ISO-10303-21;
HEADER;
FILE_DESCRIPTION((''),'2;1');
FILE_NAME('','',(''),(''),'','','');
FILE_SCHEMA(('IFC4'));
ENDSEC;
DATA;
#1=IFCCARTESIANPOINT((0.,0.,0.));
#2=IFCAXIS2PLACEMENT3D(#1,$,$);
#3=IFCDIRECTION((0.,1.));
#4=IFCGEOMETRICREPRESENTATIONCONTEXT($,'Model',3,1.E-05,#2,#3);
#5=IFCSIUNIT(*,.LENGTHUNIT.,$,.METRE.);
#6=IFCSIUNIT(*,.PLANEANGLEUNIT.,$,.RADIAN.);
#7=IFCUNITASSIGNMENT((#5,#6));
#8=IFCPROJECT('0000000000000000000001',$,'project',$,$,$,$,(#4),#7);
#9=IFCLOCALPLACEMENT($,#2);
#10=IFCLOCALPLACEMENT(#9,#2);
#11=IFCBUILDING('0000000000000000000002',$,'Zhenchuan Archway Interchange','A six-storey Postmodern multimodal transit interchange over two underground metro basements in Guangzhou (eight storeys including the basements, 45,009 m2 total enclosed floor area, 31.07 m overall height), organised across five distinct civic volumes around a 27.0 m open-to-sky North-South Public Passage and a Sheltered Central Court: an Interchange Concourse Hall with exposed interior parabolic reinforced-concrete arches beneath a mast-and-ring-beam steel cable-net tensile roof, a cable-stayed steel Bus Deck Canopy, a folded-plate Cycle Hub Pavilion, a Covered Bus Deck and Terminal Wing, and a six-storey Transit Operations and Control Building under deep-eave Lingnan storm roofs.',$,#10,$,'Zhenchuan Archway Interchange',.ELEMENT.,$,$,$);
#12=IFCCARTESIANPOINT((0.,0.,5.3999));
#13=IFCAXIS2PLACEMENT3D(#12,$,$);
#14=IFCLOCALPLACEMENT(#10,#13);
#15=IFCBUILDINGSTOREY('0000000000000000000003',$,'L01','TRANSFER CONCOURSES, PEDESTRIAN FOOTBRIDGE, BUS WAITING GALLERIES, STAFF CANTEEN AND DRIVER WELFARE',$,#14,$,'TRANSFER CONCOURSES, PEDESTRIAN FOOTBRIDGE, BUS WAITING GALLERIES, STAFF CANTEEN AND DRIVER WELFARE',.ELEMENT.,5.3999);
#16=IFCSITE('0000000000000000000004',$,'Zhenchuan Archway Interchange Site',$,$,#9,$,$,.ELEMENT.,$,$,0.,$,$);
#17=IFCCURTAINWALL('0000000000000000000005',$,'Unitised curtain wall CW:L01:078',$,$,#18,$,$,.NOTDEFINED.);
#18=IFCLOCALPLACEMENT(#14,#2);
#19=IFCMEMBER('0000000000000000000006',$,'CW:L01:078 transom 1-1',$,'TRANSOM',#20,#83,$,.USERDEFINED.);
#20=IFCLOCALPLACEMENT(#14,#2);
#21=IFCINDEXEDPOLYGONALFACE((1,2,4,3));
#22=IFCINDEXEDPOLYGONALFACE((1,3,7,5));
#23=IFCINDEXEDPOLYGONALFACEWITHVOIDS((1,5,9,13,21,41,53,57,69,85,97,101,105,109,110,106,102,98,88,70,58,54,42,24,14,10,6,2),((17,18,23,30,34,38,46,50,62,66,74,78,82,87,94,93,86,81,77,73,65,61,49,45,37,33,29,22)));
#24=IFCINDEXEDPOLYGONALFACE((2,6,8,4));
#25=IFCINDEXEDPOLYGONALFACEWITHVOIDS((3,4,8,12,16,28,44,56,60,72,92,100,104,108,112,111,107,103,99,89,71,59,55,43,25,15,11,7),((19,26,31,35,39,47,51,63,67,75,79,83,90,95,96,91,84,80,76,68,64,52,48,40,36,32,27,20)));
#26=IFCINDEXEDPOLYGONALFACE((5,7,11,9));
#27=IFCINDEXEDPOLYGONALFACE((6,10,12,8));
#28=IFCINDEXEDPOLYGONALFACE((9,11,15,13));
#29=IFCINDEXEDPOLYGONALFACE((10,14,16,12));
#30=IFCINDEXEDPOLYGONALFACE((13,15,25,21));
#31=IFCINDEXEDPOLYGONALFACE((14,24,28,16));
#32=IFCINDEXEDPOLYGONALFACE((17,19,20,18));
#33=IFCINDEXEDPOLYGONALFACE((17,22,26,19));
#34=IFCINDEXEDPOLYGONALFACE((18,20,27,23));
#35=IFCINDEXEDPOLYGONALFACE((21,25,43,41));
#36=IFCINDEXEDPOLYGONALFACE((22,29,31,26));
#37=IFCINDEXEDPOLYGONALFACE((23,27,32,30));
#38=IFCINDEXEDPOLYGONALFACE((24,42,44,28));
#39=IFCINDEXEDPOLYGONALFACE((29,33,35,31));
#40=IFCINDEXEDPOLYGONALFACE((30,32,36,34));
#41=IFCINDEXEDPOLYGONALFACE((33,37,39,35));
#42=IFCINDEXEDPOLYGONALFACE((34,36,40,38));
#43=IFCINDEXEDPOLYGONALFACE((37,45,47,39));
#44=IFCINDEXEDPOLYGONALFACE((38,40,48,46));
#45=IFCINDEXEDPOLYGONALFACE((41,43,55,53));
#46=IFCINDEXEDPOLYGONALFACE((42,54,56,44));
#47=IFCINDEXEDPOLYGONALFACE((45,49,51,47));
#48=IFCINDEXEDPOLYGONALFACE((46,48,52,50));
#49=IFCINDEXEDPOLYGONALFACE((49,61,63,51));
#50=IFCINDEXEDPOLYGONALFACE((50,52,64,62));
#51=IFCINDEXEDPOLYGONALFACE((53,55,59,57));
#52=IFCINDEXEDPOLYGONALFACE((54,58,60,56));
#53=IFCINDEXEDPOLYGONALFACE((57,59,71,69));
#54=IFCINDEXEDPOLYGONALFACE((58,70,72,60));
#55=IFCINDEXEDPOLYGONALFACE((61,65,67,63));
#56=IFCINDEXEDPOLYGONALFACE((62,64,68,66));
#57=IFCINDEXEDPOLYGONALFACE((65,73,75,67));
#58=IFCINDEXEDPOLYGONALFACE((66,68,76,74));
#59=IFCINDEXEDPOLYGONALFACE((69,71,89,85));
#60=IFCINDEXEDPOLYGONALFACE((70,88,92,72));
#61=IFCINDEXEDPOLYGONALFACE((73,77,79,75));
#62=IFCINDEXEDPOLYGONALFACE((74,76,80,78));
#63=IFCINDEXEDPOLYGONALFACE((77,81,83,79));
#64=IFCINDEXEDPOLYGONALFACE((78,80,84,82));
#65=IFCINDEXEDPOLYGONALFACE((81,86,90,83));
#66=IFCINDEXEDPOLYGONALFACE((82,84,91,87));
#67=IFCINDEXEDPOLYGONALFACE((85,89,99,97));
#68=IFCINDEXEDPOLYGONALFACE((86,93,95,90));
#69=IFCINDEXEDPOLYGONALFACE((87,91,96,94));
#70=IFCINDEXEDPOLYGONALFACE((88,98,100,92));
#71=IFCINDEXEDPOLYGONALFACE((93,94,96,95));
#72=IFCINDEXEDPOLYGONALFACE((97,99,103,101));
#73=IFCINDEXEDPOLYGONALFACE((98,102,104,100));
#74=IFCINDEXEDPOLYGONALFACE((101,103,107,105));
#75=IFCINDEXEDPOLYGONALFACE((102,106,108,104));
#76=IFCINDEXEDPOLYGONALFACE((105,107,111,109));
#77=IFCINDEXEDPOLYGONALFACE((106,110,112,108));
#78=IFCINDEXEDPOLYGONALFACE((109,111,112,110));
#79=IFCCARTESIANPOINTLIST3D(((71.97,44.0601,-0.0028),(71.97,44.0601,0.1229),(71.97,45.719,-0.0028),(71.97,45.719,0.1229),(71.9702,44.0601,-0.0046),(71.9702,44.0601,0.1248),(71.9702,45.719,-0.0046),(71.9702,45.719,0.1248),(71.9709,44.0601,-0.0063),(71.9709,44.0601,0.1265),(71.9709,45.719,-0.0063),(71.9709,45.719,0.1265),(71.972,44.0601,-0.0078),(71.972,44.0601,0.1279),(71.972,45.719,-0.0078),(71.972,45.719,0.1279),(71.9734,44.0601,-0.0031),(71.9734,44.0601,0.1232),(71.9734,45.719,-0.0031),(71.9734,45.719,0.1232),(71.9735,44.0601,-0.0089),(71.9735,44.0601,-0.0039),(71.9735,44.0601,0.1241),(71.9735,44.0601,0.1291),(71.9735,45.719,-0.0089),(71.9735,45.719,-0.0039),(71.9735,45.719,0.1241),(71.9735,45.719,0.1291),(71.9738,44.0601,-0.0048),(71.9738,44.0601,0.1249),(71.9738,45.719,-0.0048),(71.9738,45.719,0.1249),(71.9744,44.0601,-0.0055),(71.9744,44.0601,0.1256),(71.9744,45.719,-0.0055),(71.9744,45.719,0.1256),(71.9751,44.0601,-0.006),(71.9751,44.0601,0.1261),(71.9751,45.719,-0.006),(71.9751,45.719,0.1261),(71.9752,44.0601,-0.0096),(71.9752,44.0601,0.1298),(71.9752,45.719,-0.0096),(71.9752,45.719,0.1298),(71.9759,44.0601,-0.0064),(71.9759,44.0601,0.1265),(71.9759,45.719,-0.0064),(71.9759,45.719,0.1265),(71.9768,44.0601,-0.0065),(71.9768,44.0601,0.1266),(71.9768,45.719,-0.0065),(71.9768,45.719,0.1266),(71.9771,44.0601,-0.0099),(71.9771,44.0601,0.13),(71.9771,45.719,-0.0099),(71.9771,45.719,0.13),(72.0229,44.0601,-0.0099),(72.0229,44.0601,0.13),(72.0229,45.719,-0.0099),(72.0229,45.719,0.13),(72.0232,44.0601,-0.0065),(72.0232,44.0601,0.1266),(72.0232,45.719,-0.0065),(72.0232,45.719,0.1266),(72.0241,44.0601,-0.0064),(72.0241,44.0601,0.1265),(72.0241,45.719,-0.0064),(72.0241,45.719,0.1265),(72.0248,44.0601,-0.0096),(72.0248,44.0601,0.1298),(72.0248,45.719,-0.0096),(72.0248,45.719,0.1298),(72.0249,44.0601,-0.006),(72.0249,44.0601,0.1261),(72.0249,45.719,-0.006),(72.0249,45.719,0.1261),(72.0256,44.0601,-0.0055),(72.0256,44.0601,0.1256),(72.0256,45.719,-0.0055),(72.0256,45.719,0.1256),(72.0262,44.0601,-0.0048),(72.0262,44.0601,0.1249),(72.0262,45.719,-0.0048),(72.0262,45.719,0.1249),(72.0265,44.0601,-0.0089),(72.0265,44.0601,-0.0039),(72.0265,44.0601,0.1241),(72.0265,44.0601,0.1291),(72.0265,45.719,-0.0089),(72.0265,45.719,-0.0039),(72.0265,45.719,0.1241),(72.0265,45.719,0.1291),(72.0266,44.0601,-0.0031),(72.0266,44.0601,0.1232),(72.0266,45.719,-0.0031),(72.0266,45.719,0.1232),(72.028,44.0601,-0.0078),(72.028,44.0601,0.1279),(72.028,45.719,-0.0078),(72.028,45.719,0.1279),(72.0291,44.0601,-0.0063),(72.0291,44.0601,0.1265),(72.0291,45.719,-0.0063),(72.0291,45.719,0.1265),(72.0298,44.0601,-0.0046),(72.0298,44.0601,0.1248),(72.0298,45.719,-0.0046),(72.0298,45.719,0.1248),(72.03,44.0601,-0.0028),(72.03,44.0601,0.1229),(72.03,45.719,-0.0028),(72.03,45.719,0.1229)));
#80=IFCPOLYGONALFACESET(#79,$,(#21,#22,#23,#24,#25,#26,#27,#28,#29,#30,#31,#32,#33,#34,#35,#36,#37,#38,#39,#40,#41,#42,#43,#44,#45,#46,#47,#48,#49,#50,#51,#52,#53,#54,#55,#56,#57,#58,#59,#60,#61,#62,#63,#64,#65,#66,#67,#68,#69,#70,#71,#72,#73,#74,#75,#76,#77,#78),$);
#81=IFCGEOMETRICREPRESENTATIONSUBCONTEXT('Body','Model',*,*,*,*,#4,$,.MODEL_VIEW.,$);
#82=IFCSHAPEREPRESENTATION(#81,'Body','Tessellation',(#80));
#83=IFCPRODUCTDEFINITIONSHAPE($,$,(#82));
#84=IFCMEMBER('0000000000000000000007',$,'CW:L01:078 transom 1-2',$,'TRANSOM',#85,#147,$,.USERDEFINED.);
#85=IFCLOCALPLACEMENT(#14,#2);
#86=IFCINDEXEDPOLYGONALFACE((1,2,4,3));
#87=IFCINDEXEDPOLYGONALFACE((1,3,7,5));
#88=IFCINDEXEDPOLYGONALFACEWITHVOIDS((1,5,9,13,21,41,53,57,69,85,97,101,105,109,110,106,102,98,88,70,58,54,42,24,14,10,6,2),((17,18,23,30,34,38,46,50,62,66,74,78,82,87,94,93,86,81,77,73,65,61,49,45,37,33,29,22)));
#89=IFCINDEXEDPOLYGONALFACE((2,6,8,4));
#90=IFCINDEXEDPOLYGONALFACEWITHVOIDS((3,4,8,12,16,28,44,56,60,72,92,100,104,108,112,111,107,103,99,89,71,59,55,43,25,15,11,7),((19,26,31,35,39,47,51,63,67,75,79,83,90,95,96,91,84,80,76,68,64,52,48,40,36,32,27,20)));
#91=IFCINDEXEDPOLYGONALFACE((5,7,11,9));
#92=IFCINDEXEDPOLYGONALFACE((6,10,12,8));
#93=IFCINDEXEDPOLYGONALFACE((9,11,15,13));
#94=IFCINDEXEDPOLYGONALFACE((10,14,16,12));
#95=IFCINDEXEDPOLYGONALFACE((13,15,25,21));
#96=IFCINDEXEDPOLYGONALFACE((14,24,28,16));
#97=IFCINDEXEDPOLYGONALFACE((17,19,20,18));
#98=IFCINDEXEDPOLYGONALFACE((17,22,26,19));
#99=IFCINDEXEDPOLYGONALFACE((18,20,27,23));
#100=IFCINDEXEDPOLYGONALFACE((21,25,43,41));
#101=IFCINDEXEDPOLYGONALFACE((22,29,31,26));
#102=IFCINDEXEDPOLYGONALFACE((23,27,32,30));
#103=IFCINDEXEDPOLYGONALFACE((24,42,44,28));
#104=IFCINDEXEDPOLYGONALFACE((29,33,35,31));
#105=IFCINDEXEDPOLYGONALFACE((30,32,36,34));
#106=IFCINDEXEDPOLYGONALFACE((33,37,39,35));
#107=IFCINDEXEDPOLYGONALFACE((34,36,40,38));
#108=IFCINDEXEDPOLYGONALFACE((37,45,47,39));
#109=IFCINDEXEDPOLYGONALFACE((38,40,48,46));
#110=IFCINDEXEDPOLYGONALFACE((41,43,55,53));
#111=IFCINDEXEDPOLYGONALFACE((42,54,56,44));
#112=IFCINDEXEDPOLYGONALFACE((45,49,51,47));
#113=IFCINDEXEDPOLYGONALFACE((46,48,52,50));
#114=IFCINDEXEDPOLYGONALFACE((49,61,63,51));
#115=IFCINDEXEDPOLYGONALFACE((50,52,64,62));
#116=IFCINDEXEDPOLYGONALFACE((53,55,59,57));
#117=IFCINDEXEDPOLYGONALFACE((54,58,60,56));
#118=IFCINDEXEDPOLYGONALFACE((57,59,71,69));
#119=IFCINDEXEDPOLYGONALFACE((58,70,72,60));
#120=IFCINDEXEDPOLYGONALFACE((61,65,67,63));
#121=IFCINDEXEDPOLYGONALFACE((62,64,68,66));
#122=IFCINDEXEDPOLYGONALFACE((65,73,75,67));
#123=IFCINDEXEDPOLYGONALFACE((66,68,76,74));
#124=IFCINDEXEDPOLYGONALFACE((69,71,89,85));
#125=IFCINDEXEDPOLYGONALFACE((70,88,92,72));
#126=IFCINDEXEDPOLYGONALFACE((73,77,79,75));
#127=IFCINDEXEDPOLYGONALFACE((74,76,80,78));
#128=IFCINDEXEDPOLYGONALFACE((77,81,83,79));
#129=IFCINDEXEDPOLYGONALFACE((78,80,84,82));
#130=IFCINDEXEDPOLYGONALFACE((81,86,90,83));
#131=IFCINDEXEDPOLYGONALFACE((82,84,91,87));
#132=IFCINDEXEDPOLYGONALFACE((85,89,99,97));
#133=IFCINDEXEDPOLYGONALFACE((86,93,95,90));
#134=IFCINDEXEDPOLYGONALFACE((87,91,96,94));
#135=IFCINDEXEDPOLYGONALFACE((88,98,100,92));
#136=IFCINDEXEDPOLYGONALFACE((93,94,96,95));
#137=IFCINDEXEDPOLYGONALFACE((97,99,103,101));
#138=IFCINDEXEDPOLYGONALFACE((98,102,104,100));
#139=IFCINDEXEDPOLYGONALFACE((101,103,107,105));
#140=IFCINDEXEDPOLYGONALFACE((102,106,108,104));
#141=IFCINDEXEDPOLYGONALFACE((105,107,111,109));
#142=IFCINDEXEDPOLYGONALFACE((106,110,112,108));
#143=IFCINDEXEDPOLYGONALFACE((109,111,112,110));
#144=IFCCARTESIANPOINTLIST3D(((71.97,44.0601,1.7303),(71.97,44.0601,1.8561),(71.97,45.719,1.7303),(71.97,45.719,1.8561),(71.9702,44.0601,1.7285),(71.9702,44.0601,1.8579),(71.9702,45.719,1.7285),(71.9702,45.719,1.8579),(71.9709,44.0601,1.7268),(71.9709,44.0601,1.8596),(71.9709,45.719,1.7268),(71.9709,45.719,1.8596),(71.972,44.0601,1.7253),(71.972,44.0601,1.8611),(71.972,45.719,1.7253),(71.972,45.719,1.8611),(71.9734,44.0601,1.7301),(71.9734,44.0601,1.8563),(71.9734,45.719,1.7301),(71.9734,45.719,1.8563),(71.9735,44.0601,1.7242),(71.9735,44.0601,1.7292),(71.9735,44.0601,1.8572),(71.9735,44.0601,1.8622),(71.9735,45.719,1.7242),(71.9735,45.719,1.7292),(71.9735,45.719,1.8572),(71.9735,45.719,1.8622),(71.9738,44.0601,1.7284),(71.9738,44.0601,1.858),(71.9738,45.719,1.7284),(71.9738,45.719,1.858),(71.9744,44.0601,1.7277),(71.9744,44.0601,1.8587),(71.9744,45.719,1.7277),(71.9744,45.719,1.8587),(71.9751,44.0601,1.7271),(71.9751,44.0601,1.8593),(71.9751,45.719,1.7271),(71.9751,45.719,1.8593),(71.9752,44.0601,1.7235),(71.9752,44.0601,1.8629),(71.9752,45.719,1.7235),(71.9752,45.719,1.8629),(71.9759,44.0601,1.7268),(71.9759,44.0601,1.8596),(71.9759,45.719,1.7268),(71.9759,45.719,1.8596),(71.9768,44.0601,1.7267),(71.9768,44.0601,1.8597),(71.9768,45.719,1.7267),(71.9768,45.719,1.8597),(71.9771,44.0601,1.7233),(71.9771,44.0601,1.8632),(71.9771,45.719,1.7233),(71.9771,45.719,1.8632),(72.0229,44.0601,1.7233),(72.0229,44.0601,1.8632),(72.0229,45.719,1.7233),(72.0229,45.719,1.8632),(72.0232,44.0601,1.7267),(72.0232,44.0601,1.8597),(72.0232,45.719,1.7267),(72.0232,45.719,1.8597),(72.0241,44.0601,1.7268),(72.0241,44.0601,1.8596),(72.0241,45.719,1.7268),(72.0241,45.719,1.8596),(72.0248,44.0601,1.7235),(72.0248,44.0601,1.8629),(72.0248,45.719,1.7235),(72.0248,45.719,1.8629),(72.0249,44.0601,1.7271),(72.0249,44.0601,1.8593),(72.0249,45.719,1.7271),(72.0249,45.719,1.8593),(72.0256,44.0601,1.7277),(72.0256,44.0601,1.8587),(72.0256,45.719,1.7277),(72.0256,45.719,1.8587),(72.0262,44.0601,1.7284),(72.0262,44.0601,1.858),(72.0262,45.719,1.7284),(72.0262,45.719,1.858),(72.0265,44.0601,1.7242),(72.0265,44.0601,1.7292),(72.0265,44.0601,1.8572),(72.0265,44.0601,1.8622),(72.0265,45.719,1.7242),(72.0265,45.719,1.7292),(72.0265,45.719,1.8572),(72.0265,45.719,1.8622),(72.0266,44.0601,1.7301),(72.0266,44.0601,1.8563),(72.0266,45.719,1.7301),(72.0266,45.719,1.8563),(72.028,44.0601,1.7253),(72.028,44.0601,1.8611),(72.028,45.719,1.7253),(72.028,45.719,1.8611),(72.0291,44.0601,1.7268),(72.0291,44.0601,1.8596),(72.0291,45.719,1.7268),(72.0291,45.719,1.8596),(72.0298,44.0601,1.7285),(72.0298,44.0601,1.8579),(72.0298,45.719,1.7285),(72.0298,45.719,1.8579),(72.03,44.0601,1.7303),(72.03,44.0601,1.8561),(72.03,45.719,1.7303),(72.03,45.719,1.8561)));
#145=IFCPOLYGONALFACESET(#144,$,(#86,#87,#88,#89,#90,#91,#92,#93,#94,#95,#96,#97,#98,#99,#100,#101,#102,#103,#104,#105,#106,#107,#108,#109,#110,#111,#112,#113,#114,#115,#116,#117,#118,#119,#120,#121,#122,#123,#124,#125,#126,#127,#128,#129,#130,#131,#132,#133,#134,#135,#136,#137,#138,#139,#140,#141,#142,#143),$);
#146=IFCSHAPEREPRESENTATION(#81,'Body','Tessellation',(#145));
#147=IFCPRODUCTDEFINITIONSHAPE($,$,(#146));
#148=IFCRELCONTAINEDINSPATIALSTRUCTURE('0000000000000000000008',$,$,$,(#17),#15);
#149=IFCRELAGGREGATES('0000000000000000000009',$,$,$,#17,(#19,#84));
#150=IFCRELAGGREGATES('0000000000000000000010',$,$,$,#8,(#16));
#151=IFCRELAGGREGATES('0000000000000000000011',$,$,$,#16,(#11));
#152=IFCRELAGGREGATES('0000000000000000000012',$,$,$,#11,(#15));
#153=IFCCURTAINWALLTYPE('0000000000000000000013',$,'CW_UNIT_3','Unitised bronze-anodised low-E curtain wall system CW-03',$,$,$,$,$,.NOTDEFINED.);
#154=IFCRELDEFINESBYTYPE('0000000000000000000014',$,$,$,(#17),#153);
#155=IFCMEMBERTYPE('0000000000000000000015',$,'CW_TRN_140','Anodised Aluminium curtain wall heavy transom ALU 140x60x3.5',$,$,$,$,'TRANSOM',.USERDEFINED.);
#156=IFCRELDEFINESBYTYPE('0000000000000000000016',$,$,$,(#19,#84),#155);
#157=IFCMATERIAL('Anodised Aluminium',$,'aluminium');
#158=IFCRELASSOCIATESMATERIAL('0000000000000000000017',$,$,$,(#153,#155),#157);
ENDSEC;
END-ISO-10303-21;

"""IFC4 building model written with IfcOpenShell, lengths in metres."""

from ifc_helpers import new_model, si_unit, direction, frame, origin, origin_2d, place, context, subcontext, project, spatial, hollow_rectangle, extrude, material, material_profile, profile_set, type_object, element, aggregate, save


model = new_model("IFC4")

# Units and contexts
model_context = context("Model", 3, precision=1e-05, world=origin(), true_north=direction((0.0, 1.0)))
body_context = subcontext(model_context, "Body", "Model", "MODEL_VIEW")
ifc_project = project(units=[si_unit("LENGTHUNIT", "METRE"), si_unit("PLANEANGLEUNIT", "RADIAN")], contexts=[model_context])

# Site, building, storey
site_placement = place(None, origin())
site = spatial("IfcSite", under=ifc_project, at=site_placement, Name="Zhenchuan Archway Interchange Site", CompositionType="ELEMENT", RefElevation=0.0)
building_placement = place(site_placement, origin())
building = spatial("IfcBuilding", under=site, at=building_placement, Name="Zhenchuan Archway Interchange", Description="A six-storey Postmodern multimodal transit interchange over two underground metro basements in Guangzhou (eight storeys including the basements, 45,009 m2 total enclosed floor area, 31.07 m overall height), organised across five distinct civic volumes around a 27.0 m open-to-sky North-South Public Passage and a Sheltered Central Court: an Interchange Concourse Hall with exposed interior parabolic reinforced-concrete arches beneath a mast-and-ring-beam steel cable-net tensile roof, a cable-stayed steel Bus Deck Canopy, a folded-plate Cycle Hub Pavilion, a Covered Bus Deck and Terminal Wing, and a six-storey Transit Operations and Control Building under deep-eave Lingnan storm roofs.", LongName="Zhenchuan Archway Interchange", CompositionType="ELEMENT")
storey_placement = place(building_placement, frame((0.0, 0.0, 5.3999)))
storey = spatial("IfcBuildingStorey", under=building, at=storey_placement, Name="L01", Description="TRANSFER CONCOURSES, PEDESTRIAN FOOTBRIDGE, BUS WAITING GALLERIES, STAFF CANTEEN AND DRIVER WELFARE", LongName="TRANSFER CONCOURSES, PEDESTRIAN FOOTBRIDGE, BUS WAITING GALLERIES, STAFF CANTEEN AND DRIVER WELFARE", CompositionType="ELEMENT", Elevation=5.3999)

# Curtain wall, members
ifc_material_1 = material(Name="Anodised Aluminium", Category="aluminium")
curtain_wall_type = type_object("IfcCurtainWallType", Name="CW_UNIT_3", Description="Unitised bronze-anodised low-E curtain wall system CW-03", PredefinedType="NOTDEFINED", material=ifc_material_1)
curtain_wall_placement = place(storey_placement, origin())
curtain_wall = element("IfcCurtainWall", 1, at=curtain_wall_placement, inside=storey, type_object=curtain_wall_type, Name="Unitised curtain wall CW:L01:078", PredefinedType="NOTDEFINED")
ifc_material_profile_1 = material_profile(ifc_material_1, hollow_rectangle(XDim=0.0601, YDim=0.1399, WallThickness=0.0034, InnerFilletRadius=0.0034, OuterFilletRadius=0.0071, at=origin_2d()), Name="ALU 140x60x3.5")
ifc_profile_set_1 = profile_set([ifc_material_profile_1], Name="Anodised Aluminium")
member_type_1 = type_object("IfcMemberType", Name="CW_TRN_140", Description="Anodised Aluminium curtain wall heavy transom ALU 140x60x3.5", ElementType="TRANSOM", PredefinedType="USERDEFINED", material=ifc_profile_set_1)
member_1_placement = place(storey_placement, frame((72.0, 45.719, 0.0601), z_axis=(0.0, -1.0, 0.0), x_axis=(1.0, 0.0, 0.0)))
member_1 = element("IfcMember", 2, at=member_1_placement, type_object=member_type_1, Name="CW:L01:078 transom 1-1", ObjectType="TRANSOM", PredefinedType="USERDEFINED", context=body_context, shape_type="SweptSolid", body=[
    extrude(hollow_rectangle(XDim=0.0601, YDim=0.1399, WallThickness=0.0034, InnerFilletRadius=0.0034, OuterFilletRadius=0.0071, at=origin_2d()), origin(), (0.0, 0.0, 1.0), 1.6589),
])
member_2_placement = place(storey_placement, frame((72.0, 45.719, 1.7932), z_axis=(0.0, -1.0, 0.0), x_axis=(1.0, 0.0, 0.0)))
member_2 = element("IfcMember", 3, at=member_2_placement, type_object=member_type_1, Name="CW:L01:078 transom 1-2", ObjectType="TRANSOM", PredefinedType="USERDEFINED", context=body_context, shape_type="SweptSolid", body=[
    extrude(hollow_rectangle(XDim=0.0601, YDim=0.1399, WallThickness=0.0034, InnerFilletRadius=0.0034, OuterFilletRadius=0.0071, at=origin_2d()), origin(), (0.0, 0.0, 1.0), 1.6589),
])

aggregate(curtain_wall, [member_1, member_2])

save(model, "model.ifc")
